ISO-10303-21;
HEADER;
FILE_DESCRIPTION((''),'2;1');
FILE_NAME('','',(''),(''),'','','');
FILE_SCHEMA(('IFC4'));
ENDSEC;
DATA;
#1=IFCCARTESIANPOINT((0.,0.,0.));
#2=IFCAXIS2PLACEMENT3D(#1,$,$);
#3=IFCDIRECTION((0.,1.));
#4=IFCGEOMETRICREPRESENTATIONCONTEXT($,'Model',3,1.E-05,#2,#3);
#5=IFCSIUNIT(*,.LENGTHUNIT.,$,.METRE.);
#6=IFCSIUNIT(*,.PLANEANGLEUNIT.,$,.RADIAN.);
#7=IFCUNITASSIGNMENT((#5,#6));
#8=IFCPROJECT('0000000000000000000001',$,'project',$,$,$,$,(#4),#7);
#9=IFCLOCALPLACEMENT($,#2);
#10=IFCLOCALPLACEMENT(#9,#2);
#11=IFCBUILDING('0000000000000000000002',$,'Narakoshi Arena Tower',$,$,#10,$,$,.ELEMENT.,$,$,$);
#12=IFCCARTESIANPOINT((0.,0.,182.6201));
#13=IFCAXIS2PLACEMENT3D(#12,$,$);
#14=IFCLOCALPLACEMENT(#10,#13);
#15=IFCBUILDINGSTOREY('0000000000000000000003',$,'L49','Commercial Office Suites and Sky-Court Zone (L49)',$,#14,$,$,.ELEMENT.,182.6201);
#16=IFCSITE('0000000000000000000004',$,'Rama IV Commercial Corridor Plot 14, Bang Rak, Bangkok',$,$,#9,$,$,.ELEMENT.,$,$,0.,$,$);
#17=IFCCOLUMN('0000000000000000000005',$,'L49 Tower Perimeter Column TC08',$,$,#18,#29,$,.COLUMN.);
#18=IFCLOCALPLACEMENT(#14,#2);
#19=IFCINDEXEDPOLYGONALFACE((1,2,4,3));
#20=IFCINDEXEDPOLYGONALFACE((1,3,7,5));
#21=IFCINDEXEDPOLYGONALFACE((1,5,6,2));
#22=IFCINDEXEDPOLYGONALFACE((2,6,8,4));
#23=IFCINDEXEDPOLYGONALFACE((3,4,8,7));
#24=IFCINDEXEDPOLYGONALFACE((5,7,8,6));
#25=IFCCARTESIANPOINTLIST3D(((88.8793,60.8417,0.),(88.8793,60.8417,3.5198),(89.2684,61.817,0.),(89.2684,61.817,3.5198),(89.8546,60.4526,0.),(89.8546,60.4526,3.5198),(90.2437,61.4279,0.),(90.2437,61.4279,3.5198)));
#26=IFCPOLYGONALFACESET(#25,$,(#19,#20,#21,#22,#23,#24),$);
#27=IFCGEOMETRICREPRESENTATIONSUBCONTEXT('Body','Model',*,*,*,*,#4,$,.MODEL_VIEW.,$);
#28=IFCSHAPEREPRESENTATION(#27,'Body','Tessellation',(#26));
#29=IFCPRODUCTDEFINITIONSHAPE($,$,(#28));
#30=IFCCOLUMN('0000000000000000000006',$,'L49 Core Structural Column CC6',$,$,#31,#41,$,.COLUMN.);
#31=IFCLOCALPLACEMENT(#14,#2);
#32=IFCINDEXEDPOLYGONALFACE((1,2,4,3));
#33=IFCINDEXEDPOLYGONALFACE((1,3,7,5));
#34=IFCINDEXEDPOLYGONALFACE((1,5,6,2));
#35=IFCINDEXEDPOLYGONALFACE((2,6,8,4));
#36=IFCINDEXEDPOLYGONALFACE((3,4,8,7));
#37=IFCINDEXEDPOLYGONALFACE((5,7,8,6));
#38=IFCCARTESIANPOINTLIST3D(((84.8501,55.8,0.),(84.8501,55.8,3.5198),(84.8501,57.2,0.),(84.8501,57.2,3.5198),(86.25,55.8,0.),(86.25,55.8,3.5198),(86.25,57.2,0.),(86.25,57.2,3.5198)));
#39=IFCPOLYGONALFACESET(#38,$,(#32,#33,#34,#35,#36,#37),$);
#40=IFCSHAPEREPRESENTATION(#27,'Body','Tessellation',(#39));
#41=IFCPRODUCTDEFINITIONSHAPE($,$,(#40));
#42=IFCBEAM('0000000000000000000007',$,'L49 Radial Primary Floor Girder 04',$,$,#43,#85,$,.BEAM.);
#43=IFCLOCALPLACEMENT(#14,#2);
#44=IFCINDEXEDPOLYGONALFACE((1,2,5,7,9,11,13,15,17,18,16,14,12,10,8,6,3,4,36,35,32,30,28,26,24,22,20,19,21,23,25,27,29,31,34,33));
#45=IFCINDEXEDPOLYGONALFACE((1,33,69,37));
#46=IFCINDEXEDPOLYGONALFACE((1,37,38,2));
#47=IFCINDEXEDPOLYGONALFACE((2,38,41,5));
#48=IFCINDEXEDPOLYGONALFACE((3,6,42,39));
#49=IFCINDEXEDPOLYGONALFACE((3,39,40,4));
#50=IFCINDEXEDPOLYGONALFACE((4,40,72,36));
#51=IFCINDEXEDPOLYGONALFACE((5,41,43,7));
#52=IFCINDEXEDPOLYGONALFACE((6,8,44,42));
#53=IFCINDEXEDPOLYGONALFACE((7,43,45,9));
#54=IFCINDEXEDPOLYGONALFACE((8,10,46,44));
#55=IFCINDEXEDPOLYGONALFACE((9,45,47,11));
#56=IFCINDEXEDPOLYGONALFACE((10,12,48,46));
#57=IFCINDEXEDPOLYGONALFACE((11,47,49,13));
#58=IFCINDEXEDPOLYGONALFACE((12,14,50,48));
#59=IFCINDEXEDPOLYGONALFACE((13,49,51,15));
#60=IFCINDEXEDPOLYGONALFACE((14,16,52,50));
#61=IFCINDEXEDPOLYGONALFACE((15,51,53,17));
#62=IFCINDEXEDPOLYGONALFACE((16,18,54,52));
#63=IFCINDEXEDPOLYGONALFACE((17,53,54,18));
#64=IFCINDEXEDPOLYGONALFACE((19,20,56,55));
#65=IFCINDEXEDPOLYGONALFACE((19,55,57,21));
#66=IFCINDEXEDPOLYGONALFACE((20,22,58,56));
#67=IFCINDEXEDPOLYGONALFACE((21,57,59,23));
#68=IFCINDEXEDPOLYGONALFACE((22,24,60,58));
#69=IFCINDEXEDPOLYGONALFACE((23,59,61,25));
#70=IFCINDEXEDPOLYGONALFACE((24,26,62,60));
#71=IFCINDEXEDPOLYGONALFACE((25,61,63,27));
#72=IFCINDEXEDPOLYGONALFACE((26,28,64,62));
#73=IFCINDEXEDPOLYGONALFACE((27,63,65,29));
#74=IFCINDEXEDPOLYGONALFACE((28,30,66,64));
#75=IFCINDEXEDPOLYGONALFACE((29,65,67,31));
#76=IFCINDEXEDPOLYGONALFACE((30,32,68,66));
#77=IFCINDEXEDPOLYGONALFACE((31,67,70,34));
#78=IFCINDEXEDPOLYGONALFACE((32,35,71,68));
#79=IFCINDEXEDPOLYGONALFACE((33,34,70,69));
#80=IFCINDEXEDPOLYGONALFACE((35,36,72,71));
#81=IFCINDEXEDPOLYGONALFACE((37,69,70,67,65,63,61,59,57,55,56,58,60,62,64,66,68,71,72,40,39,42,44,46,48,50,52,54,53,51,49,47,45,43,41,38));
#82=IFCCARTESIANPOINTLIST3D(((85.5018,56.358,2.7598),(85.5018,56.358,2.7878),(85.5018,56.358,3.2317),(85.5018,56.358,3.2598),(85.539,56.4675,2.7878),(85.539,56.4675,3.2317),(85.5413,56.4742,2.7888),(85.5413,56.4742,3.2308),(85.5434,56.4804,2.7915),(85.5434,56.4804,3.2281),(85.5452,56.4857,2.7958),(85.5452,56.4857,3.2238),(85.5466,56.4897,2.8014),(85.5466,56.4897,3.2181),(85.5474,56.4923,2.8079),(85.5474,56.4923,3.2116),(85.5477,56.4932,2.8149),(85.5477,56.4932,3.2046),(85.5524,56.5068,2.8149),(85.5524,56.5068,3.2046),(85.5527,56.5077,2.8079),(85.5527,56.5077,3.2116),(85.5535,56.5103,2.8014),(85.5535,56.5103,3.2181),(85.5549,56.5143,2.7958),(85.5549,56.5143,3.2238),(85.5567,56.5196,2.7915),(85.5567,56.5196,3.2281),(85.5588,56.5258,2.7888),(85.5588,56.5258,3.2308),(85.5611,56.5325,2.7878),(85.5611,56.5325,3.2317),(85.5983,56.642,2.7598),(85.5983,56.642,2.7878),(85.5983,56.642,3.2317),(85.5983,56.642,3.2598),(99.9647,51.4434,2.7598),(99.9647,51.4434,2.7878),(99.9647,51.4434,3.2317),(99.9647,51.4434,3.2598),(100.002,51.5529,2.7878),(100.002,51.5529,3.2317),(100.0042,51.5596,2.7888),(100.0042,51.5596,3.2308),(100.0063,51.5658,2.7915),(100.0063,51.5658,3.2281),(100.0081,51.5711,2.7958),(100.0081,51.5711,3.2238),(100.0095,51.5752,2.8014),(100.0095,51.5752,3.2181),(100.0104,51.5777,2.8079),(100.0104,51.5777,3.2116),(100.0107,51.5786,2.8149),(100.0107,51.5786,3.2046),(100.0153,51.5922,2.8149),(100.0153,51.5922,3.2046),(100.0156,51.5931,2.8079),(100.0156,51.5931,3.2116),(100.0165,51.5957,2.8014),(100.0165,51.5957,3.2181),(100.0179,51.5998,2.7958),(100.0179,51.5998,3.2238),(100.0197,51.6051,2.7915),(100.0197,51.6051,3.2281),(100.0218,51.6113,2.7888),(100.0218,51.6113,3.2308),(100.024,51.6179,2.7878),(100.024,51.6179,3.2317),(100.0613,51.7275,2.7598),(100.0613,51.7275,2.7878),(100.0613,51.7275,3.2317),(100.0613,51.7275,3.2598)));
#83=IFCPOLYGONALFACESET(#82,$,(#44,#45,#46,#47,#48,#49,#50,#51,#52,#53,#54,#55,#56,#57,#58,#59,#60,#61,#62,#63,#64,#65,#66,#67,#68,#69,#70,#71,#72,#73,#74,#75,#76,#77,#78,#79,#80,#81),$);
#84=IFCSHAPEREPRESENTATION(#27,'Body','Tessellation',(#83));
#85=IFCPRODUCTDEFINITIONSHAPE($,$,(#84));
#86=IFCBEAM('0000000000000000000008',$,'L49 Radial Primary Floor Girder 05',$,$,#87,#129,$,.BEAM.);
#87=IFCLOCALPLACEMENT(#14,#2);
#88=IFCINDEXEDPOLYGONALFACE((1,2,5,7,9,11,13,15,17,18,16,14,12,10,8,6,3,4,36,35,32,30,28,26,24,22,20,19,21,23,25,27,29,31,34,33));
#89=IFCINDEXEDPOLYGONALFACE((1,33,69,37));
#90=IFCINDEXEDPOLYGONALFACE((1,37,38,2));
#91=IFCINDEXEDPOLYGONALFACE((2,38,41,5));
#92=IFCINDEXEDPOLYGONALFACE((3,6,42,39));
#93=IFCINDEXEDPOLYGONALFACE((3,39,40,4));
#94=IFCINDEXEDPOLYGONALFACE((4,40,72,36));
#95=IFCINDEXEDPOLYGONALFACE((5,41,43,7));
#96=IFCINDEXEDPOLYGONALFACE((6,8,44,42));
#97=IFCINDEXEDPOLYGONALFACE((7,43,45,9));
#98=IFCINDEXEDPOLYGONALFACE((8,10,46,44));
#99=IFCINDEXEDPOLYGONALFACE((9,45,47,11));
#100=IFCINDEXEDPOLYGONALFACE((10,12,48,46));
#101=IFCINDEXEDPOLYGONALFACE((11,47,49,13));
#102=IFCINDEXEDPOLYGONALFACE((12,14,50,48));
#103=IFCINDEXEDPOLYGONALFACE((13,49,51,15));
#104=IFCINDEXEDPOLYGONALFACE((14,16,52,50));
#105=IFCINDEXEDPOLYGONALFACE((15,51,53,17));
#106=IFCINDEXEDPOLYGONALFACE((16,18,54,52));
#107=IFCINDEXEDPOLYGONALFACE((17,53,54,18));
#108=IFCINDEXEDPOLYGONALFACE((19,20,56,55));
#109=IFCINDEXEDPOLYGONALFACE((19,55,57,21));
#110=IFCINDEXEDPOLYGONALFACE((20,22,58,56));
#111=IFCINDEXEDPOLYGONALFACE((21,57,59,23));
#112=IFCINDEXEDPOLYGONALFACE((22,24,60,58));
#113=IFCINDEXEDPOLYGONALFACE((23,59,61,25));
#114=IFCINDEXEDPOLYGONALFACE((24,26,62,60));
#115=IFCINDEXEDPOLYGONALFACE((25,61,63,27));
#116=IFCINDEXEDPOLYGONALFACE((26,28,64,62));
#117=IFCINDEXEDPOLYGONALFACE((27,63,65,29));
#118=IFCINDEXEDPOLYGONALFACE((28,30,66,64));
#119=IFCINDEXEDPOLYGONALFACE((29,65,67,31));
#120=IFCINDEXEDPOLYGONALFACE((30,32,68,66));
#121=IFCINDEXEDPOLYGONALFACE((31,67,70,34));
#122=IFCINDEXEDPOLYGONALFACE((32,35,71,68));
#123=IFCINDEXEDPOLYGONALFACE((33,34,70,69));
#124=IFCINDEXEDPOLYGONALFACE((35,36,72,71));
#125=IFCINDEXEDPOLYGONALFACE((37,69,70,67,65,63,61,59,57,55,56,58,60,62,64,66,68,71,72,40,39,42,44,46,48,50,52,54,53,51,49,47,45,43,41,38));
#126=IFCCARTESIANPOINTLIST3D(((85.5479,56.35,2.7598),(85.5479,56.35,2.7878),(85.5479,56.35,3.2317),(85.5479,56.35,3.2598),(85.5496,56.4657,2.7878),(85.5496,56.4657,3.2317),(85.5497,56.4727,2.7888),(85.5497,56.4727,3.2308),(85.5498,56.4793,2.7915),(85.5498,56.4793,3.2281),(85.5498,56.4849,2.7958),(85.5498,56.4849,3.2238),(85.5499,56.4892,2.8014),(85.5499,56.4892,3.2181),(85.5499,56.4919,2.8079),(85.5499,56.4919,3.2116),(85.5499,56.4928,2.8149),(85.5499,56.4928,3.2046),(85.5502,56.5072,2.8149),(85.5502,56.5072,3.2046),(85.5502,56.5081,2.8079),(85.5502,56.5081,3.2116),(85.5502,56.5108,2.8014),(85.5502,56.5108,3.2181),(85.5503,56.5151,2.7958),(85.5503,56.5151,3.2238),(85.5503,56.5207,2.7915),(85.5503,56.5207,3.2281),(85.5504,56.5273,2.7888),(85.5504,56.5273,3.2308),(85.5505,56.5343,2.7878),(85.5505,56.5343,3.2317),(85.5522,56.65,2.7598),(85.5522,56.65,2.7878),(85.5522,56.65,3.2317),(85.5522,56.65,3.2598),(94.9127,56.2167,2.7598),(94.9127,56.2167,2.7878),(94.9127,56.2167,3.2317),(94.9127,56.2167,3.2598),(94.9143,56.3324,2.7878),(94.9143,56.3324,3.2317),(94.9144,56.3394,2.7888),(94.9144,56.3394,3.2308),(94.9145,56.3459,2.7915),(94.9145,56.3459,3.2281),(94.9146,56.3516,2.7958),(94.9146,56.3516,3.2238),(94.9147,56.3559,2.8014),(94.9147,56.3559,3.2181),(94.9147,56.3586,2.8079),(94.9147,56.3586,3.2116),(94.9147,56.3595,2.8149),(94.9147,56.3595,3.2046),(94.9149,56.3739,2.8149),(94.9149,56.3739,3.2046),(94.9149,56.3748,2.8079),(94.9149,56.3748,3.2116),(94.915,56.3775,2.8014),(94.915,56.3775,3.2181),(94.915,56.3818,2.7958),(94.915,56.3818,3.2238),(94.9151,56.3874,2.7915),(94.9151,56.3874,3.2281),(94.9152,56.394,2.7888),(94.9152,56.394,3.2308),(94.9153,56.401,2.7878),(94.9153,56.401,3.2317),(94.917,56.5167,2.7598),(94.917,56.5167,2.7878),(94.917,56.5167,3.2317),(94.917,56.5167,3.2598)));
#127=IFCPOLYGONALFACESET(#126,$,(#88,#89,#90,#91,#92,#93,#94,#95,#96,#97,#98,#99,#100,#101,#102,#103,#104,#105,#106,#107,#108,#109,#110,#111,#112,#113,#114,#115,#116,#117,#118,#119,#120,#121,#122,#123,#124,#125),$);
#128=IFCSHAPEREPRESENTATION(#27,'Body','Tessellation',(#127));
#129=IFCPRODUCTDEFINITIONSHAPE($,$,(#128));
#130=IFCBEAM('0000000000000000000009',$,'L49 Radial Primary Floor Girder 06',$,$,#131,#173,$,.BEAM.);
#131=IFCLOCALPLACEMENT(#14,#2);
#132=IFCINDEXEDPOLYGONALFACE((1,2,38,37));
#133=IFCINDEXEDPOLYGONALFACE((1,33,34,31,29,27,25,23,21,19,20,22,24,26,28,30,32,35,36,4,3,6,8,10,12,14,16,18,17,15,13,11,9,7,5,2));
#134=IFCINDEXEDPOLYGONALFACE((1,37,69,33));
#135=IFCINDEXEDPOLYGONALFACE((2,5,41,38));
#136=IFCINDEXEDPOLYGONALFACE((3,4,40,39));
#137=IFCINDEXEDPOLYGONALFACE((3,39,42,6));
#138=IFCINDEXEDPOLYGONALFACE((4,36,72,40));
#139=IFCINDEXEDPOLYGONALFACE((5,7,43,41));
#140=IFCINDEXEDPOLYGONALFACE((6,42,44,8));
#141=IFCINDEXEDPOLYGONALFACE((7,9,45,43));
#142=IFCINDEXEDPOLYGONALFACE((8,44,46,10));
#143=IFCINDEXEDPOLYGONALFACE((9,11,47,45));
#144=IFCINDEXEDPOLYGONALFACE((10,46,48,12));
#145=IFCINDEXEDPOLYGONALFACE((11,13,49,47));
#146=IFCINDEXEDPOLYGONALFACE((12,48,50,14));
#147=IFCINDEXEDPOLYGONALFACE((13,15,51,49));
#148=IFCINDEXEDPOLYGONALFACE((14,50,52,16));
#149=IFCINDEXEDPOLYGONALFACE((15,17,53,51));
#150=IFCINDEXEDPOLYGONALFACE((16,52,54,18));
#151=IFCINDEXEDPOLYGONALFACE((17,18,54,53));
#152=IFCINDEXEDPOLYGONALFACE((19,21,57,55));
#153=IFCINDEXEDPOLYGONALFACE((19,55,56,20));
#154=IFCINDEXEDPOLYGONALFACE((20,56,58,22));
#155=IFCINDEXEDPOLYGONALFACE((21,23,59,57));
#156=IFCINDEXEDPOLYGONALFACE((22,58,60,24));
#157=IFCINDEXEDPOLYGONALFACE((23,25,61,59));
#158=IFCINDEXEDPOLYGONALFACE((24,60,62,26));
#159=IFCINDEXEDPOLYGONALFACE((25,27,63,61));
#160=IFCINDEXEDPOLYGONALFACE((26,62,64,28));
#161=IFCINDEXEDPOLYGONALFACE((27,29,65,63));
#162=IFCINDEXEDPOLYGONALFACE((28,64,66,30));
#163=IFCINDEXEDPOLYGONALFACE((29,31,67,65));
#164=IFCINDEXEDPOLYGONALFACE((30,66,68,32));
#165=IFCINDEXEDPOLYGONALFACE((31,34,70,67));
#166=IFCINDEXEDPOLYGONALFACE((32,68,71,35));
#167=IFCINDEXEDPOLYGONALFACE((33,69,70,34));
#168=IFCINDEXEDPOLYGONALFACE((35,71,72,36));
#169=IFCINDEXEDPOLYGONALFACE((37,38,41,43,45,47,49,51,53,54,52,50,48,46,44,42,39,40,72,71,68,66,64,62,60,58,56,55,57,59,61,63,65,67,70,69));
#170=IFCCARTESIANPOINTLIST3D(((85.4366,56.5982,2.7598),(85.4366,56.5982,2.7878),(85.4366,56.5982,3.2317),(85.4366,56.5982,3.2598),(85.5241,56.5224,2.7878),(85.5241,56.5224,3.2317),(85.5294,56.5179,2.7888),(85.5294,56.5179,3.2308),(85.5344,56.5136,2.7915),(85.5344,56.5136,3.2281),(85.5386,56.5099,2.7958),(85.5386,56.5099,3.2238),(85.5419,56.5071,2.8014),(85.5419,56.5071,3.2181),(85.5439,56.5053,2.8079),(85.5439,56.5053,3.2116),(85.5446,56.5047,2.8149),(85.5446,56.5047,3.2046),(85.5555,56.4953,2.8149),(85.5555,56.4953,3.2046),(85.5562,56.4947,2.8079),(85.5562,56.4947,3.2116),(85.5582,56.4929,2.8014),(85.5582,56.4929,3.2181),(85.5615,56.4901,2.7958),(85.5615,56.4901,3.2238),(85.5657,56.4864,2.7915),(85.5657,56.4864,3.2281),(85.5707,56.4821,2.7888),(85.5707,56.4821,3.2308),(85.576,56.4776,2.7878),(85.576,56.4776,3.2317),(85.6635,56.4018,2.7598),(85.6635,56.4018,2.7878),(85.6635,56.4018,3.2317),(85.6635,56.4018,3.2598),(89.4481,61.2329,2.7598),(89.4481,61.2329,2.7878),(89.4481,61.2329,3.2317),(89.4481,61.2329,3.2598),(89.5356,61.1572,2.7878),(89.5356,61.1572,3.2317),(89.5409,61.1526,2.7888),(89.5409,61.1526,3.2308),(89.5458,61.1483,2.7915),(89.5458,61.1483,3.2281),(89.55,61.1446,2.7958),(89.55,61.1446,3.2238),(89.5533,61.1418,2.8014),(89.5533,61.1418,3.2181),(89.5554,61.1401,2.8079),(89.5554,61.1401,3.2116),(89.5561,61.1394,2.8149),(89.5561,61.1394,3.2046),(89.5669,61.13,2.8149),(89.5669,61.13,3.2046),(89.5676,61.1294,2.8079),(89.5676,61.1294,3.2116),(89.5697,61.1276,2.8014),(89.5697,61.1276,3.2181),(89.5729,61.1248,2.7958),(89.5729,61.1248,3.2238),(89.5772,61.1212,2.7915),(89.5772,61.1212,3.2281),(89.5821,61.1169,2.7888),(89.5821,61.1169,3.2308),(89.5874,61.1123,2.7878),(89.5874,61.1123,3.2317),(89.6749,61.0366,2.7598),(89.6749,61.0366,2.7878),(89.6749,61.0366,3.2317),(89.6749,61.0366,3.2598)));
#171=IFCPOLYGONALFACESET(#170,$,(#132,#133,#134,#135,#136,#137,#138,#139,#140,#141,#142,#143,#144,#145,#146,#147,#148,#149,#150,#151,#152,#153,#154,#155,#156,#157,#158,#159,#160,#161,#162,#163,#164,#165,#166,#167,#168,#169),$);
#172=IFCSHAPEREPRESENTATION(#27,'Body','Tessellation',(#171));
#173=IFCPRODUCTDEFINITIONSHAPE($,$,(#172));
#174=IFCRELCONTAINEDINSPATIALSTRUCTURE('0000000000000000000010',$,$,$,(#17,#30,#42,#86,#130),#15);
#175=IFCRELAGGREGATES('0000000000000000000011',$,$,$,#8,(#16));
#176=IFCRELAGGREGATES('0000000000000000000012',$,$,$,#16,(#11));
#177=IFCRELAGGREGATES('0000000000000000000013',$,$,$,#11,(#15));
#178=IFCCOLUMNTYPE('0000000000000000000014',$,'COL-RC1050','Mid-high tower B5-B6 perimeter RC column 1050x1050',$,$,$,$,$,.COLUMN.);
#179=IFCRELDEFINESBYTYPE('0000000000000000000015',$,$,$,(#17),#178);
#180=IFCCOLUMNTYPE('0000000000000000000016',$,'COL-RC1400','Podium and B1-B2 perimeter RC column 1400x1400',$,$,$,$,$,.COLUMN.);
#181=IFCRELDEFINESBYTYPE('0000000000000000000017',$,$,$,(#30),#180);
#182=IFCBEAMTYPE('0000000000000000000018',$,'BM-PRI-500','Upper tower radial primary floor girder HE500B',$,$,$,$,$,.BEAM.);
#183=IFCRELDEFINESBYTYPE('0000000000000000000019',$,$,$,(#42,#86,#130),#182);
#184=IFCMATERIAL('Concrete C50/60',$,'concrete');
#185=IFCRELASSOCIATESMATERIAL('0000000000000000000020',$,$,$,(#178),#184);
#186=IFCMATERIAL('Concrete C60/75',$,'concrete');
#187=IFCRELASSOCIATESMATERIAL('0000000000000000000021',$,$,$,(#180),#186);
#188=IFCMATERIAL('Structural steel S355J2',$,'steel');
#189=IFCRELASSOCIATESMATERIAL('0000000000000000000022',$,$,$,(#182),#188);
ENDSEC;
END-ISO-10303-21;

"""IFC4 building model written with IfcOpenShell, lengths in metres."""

from ifc_helpers import new_model, si_unit, direction, frame, origin, origin_2d, place, context, subcontext, project, spatial, rectangle, i_section, extrude, material, material_profile, profile_set, type_object, element, save


model = new_model("IFC4")

# Units and contexts
model_context = context("Model", 3, precision=1e-05, world=origin(), true_north=direction((0.0, 1.0)))
body_context = subcontext(model_context, "Body", "Model", "MODEL_VIEW")
ifc_project = project(units=[si_unit("LENGTHUNIT", "METRE"), si_unit("PLANEANGLEUNIT", "RADIAN")], contexts=[model_context])

# Site, building, storey
site_placement = place(None, origin())
site = spatial("IfcSite", under=ifc_project, at=site_placement, Name="Rama IV Commercial Corridor Plot 14, Bang Rak, Bangkok", CompositionType="ELEMENT", RefElevation=0.0)
building_placement = place(site_placement, origin())
building = spatial("IfcBuilding", under=site, at=building_placement, Name="Narakoshi Arena Tower", CompositionType="ELEMENT")
storey_placement = place(building_placement, frame((0.0, 0.0, 182.6201)))
storey = spatial("IfcBuildingStorey", under=building, at=storey_placement, Name="L49", Description="Commercial Office Suites and Sky-Court Zone (L49)", CompositionType="ELEMENT", Elevation=182.6201)

# Columns
ifc_material_1 = material(Name="Concrete C50/60", Category="concrete")
ifc_material_profile_1 = material_profile(ifc_material_1, rectangle(XDim=1.05, YDim=1.05, at=origin_2d()), Name="RC1050x1050")
ifc_profile_set_1 = profile_set([ifc_material_profile_1], Name="Concrete C50/60")
column_type_1 = type_object("IfcColumnType", Name="COL-RC1050", Description="Mid-high tower B5-B6 perimeter RC column 1050x1050", PredefinedType="COLUMN", material=ifc_profile_set_1)
column_1_placement = place(storey_placement, frame((89.5615, 61.1348, 0.0), z_axis=(0.0, 0.0, 1.0), x_axis=(0.370557, 0.92881, 0.0)))
element("IfcColumn", 1, at=column_1_placement, inside=storey, type_object=column_type_1, Name="L49 Tower Perimeter Column TC08", PredefinedType="COLUMN", context=body_context, shape_type="SweptSolid", body=[
    extrude(rectangle(XDim=1.05, YDim=1.05, at=origin_2d()), origin(), (0.0, 0.0, 1.0), 3.5198),
])
ifc_material_2 = material(Name="Concrete C60/75", Category="concrete")
ifc_material_profile_2 = material_profile(ifc_material_2, rectangle(XDim=1.3999, YDim=1.3999, at=origin_2d()), Name="RC1400x1400")
ifc_profile_set_2 = profile_set([ifc_material_profile_2], Name="Concrete C60/75")
column_type_2 = type_object("IfcColumnType", Name="COL-RC1400", Description="Podium and B1-B2 perimeter RC column 1400x1400", PredefinedType="COLUMN", material=ifc_profile_set_2)
column_2_placement = place(storey_placement, frame((85.55, 56.5, 0.0), z_axis=(0.0, 0.0, 1.0), x_axis=(1.0, 0.0, 0.0)))
element("IfcColumn", 2, at=column_2_placement, inside=storey, type_object=column_type_2, Name="L49 Core Structural Column CC6", PredefinedType="COLUMN", context=body_context, shape_type="SweptSolid", body=[
    extrude(rectangle(XDim=1.3999, YDim=1.3999, at=origin_2d()), origin(), (0.0, 0.0, 1.0), 3.5198),
])

# Beams
ifc_material_3 = material(Name="Structural steel S355J2", Category="steel")
ifc_material_profile_3 = material_profile(ifc_material_3, i_section(OverallWidth=0.3, OverallDepth=0.5, WebThickness=0.0144, FlangeThickness=0.0281, FilletRadius=0.0271, at=origin_2d()), Name="HE500B")
ifc_profile_set_3 = profile_set([ifc_material_profile_3], Name="Structural steel S355J2")
beam_type_1 = type_object("IfcBeamType", Name="BM-PRI-500", Description="Upper tower radial primary floor girder HE500B", PredefinedType="BEAM", material=ifc_profile_set_3)
beam_1_placement = place(storey_placement, frame((85.55, 56.5, 3.0098), z_axis=(0.946829, -0.321737, 0.0), x_axis=(0.321737, 0.946829, 0.0)))
element("IfcBeam", 3, at=beam_1_placement, inside=storey, type_object=beam_type_1, Name="L49 Radial Primary Floor Girder 04", PredefinedType="BEAM", context=body_context, shape_type="SweptSolid", body=[
    extrude(i_section(OverallWidth=0.3, OverallDepth=0.5, WebThickness=0.0144, FlangeThickness=0.0281, FilletRadius=0.0271, at=origin_2d()), origin(), (0.0, 0.0, 1.0), 15.2751),
])
beam_2_placement = place(storey_placement, frame((85.55, 56.5, 3.0098), z_axis=(0.999899, -0.014233, 0.0), x_axis=(0.014233, 0.999899, 0.0)))
element("IfcBeam", 4, at=beam_2_placement, inside=storey, type_object=beam_type_1, Name="L49 Radial Primary Floor Girder 05", PredefinedType="BEAM", context=body_context, shape_type="SweptSolid", body=[
    extrude(i_section(OverallWidth=0.3, OverallDepth=0.5, WebThickness=0.0144, FlangeThickness=0.0281, FilletRadius=0.0271, at=origin_2d()), origin(), (0.0, 0.0, 1.0), 9.3657),
])
beam_3_placement = place(storey_placement, frame((85.55, 56.5, 3.0098), z_axis=(0.654435, 0.756119, 0.0), x_axis=(-0.756119, 0.654435, 0.0)))
element("IfcBeam", 5, at=beam_3_placement, inside=storey, type_object=beam_type_1, Name="L49 Radial Primary Floor Girder 06", PredefinedType="BEAM", context=body_context, shape_type="SweptSolid", body=[
    extrude(i_section(OverallWidth=0.3, OverallDepth=0.5, WebThickness=0.0144, FlangeThickness=0.0281, FilletRadius=0.0271, at=origin_2d()), origin(), (0.0, 0.0, 1.0), 6.1296),
])

save(model, "model.ifc")
